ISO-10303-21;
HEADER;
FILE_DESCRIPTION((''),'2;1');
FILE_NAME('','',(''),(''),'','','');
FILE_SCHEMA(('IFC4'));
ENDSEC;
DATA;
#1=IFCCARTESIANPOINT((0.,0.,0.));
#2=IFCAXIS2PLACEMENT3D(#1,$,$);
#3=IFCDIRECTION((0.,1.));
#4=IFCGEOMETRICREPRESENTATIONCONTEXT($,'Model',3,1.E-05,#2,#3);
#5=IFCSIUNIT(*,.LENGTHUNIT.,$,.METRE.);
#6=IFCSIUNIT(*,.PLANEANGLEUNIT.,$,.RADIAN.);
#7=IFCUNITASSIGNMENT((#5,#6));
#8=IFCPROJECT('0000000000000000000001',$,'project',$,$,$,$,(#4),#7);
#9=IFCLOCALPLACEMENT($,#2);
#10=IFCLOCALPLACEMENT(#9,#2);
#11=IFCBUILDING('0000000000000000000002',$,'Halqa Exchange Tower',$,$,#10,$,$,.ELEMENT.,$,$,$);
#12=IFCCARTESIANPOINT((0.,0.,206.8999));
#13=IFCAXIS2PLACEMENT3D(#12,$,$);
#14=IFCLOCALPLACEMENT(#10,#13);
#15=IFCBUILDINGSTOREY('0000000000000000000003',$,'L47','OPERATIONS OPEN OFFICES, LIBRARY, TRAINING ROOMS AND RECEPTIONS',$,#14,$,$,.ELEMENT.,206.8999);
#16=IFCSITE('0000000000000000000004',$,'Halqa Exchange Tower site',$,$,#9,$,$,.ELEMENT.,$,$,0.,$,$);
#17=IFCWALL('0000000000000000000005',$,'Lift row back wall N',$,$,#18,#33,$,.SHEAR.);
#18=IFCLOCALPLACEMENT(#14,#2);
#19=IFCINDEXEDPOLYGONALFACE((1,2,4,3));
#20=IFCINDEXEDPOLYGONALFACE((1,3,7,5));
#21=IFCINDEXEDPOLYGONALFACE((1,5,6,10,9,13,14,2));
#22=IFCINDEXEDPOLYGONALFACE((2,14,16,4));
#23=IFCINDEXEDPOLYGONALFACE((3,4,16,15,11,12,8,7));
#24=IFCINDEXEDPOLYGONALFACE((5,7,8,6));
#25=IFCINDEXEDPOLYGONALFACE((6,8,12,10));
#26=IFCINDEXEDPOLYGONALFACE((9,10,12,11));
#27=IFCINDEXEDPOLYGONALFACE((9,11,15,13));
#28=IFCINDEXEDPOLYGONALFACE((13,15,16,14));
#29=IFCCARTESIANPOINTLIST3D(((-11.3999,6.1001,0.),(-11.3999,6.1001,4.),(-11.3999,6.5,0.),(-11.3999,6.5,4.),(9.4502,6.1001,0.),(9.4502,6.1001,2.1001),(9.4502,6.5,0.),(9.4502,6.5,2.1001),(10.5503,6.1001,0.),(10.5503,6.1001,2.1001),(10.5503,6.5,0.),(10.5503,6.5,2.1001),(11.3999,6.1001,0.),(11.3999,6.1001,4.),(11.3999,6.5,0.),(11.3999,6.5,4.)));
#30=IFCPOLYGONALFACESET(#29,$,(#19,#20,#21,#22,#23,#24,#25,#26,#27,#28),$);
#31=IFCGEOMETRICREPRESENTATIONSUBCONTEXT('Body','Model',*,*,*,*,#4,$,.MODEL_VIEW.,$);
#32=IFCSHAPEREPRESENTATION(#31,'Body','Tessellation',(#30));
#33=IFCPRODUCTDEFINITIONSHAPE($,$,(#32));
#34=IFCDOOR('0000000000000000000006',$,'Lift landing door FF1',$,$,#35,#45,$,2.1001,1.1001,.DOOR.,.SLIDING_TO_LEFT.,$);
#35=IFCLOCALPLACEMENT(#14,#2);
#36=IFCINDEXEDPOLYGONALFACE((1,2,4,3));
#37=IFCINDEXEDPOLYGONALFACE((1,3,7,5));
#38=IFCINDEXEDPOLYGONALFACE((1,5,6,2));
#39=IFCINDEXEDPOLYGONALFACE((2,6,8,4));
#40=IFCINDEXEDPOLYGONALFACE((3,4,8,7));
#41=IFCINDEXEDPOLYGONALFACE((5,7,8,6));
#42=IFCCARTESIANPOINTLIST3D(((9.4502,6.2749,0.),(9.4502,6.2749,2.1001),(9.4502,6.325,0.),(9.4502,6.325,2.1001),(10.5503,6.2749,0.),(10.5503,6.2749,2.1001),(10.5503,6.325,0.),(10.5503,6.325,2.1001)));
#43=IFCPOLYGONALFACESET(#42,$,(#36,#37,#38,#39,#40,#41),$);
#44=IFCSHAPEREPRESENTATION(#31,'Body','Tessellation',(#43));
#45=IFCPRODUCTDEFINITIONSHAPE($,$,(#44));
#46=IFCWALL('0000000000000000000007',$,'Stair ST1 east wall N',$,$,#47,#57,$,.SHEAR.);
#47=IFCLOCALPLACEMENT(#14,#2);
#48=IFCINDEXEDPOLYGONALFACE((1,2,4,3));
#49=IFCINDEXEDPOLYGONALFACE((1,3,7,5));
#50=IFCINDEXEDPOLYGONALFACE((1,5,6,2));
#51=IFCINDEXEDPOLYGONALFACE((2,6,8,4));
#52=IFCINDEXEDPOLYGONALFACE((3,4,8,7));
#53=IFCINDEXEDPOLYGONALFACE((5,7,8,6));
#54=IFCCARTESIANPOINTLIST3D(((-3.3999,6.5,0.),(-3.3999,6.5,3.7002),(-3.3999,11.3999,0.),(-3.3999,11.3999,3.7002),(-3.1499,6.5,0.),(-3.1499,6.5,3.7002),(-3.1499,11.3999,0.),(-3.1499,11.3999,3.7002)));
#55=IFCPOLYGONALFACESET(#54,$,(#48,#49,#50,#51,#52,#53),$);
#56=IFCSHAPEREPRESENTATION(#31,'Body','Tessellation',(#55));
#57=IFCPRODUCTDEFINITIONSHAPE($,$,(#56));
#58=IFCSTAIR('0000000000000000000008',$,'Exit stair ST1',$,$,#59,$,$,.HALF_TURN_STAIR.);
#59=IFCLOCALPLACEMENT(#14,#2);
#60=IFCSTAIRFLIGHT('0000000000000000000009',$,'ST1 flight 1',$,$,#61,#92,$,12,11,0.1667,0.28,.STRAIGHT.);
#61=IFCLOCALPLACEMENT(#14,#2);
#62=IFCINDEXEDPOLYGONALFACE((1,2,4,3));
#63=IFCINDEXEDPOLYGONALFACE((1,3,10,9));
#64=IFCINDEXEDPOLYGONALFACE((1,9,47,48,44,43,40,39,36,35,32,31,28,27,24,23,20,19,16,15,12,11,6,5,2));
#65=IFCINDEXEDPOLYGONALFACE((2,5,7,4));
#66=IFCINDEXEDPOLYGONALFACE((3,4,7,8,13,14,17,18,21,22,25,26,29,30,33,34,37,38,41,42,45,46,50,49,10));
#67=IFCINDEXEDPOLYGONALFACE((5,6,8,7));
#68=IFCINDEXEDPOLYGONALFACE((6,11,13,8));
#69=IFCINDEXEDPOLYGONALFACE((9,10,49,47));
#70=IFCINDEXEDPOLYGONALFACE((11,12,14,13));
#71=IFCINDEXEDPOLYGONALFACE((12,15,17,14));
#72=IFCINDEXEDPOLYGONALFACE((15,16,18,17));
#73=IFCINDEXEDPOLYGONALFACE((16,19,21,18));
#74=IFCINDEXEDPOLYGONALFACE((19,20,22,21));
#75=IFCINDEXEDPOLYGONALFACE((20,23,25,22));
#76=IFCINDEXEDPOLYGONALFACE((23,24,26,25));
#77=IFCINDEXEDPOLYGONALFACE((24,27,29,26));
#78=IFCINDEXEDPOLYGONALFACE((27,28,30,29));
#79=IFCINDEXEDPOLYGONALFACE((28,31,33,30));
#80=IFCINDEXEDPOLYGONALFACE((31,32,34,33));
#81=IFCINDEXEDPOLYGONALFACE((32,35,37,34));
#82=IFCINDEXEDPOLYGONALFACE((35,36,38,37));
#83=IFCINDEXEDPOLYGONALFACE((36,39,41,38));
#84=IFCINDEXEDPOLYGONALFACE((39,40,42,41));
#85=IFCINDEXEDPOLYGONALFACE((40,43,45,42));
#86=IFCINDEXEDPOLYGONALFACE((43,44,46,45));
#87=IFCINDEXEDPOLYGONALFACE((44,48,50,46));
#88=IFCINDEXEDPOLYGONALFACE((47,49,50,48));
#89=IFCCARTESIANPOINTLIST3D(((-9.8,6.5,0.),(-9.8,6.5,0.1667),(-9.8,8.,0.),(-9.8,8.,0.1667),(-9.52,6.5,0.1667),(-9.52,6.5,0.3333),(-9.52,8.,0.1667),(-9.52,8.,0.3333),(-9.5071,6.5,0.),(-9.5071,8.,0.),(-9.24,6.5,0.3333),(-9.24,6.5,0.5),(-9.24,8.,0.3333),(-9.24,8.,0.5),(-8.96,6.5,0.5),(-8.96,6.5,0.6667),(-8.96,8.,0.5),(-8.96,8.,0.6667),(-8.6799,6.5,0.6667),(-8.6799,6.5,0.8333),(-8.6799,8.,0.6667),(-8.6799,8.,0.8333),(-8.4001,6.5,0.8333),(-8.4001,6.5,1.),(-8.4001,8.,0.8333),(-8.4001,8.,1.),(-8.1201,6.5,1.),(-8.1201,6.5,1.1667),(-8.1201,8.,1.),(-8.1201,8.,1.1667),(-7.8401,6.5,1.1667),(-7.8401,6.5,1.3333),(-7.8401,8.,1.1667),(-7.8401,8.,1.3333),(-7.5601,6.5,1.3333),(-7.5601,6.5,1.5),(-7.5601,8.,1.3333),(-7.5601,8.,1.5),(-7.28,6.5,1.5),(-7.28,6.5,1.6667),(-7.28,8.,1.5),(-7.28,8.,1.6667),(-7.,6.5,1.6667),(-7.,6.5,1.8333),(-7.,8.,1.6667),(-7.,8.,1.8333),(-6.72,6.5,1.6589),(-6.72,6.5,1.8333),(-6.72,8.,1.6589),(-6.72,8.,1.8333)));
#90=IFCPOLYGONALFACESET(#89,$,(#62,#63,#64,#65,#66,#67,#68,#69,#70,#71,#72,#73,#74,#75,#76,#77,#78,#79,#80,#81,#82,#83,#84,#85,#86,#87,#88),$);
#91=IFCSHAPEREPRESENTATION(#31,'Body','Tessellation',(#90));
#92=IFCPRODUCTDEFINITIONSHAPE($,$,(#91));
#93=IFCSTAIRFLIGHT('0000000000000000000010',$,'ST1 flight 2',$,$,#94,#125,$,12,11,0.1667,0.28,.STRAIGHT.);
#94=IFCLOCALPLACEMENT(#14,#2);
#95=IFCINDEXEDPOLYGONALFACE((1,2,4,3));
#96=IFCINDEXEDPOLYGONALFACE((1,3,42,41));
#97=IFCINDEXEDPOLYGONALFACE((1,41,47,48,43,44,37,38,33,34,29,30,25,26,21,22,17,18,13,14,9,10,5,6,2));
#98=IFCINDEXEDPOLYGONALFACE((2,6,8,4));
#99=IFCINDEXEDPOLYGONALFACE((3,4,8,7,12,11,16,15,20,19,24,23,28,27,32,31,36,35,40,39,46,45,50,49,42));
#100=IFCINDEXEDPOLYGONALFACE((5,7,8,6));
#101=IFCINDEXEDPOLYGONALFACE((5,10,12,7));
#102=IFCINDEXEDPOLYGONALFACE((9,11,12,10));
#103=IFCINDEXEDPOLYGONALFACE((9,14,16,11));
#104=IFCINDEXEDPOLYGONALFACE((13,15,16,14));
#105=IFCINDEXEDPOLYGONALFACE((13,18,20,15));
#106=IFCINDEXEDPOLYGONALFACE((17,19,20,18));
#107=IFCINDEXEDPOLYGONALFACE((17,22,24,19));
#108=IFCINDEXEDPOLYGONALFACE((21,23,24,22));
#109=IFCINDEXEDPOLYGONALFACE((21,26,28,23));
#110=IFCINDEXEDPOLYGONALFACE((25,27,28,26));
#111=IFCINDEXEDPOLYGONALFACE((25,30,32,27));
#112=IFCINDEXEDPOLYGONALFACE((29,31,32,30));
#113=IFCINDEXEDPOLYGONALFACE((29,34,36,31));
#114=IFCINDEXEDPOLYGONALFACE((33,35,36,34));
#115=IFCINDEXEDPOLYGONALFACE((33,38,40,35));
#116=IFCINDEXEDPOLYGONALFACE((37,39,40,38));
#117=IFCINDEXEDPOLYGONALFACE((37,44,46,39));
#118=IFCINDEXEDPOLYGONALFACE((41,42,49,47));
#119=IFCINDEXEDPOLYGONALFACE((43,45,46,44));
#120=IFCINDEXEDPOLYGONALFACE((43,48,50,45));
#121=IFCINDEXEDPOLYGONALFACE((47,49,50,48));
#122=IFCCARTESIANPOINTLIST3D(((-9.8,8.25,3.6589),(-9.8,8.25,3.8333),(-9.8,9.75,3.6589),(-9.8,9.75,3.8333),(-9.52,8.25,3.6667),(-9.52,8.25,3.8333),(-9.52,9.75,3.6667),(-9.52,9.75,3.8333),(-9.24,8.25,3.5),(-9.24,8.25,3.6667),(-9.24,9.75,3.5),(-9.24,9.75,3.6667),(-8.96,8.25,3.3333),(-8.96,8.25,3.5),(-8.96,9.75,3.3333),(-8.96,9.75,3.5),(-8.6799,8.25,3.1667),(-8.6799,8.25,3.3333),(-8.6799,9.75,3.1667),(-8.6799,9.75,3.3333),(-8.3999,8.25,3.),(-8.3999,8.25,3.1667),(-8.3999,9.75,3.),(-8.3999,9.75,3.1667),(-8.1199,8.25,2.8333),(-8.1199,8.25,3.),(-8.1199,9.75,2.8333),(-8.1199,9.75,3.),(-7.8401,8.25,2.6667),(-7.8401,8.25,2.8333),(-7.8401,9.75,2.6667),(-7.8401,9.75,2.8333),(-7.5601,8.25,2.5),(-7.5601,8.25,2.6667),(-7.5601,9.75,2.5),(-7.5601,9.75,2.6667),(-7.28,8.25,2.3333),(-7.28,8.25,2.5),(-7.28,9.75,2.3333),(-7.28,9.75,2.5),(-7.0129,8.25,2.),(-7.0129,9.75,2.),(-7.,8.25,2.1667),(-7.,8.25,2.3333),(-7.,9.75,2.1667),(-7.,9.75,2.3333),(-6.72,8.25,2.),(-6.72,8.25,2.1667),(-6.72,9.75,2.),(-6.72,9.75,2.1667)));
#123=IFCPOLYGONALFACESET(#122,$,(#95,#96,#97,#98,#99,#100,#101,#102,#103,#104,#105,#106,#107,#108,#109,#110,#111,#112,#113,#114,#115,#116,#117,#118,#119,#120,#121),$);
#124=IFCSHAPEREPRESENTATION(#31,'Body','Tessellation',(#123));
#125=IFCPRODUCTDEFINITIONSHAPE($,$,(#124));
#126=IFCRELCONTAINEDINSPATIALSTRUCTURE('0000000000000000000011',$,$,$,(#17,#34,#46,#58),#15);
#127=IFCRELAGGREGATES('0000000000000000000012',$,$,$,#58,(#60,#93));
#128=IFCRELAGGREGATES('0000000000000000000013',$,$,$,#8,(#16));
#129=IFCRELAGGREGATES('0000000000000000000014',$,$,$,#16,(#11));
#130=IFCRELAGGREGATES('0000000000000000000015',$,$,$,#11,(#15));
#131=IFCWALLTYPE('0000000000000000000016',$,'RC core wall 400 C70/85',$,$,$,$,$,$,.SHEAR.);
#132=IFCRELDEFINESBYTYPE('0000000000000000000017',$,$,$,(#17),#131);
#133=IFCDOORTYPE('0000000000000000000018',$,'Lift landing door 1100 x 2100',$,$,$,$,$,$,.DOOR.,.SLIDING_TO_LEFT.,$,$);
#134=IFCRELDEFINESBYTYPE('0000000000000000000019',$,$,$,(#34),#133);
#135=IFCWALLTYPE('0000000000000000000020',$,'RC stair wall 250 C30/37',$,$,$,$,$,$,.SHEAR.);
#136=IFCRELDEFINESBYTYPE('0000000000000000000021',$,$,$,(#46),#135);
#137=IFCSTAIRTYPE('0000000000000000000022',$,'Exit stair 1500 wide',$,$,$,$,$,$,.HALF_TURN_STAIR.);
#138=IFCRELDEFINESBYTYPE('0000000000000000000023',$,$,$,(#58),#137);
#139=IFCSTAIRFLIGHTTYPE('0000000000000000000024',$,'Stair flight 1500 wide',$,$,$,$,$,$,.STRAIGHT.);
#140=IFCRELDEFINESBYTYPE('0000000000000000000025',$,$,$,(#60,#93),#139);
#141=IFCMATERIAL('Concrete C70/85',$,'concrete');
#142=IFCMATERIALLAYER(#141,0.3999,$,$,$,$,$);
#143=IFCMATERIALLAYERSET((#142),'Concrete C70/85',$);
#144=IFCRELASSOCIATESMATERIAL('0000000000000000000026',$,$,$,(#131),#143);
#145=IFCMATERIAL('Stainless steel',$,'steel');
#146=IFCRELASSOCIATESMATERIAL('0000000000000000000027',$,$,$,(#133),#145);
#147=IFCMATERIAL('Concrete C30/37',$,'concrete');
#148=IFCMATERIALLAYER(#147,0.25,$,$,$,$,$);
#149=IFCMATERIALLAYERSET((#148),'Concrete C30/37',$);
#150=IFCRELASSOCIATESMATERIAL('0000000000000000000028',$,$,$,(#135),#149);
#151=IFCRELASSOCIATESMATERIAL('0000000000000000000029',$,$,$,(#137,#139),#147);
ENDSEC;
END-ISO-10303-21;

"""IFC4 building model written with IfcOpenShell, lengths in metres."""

from ifc_helpers import new_model, si_unit, direction, frame, frame_2d, origin, place, context, subcontext, project, spatial, polyline, rectangle, outline, extrude, material, layer, layer_set, type_object, element, fill, aggregate, save


model = new_model("IFC4")

# Units and contexts
model_context = context("Model", 3, precision=1e-05, world=origin(), true_north=direction((0.0, 1.0)))
body_context = subcontext(model_context, "Body", "Model", "MODEL_VIEW")
ifc_project = project(units=[si_unit("LENGTHUNIT", "METRE"), si_unit("PLANEANGLEUNIT", "RADIAN")], contexts=[model_context])

# Site, building, storey
site_placement = place(None, origin())
site = spatial("IfcSite", under=ifc_project, at=site_placement, Name="Halqa Exchange Tower site", CompositionType="ELEMENT", RefElevation=0.0)
building_placement = place(site_placement, origin())
building = spatial("IfcBuilding", under=site, at=building_placement, Name="Halqa Exchange Tower", CompositionType="ELEMENT")
storey_placement = place(building_placement, frame((0.0, 0.0, 206.8999)))
storey = spatial("IfcBuildingStorey", under=building, at=storey_placement, Name="L47", Description="OPERATIONS OPEN OFFICES, LIBRARY, TRAINING ROOMS AND RECEPTIONS", CompositionType="ELEMENT", Elevation=206.8999)

# Shared definitions
ifc_material_1 = material(Name="Concrete C70/85", Category="concrete")
ifc_layer_1 = layer(ifc_material_1, 0.3999)
ifc_layer_set_1 = layer_set([ifc_layer_1], Name="Concrete C70/85")
wall_type_1 = type_object("IfcWallType", Name="RC core wall 400 C70/85", PredefinedType="SHEAR", material=ifc_layer_set_1)
ifc_material_2 = material(Name="Stainless steel", Category="steel")
door_type_1 = type_object("IfcDoorType", Name="Lift landing door 1100 x 2100", OperationType="SLIDING_TO_LEFT", PredefinedType="DOOR", material=ifc_material_2)

# Wall, opening, door
wall_1_placement = place(storey_placement, frame((-11.3999, 6.3, 0.0), z_axis=(0.0, 0.0, 1.0), x_axis=(1.0, 0.0, 0.0)))
wall_1 = element("IfcWall", 1, at=wall_1_placement, inside=storey, type_object=wall_type_1, Name="Lift row back wall N", PredefinedType="SHEAR", context=body_context, shape_type="SweptSolid", body=[
    extrude(rectangle(XDim=22.7998, YDim=0.3999, at=frame_2d((11.3999, 0.0))), origin(), (0.0, 0.0, 1.0), 4.0),
])
opening_1_placement = place(wall_1_placement, frame((20.8501, 0.0, 0.0)))
opening_1 = element("IfcOpeningElement", 2, at=opening_1_placement, cuts=wall_1, PredefinedType="OPENING", context=body_context, shape_type="SweptSolid", body=[
    extrude(rectangle(XDim=1.1001, YDim=2.1001, at=frame_2d((0.55, 1.05))), frame((0.0, 0.2119, 0.0), z_axis=(0.0, -1.0, 0.0), x_axis=(1.0, 0.0, 0.0)), (0.0, 0.0, 1.0), 0.4238),
])
door_1_placement = place(opening_1_placement, origin())
door_1 = element("IfcDoor", 3, at=door_1_placement, inside=storey, type_object=door_type_1, Name="Lift landing door FF1", OperationType="SLIDING_TO_LEFT", OverallHeight=2.1001, OverallWidth=1.1001, PredefinedType="DOOR", context=body_context, shape_type="SweptSolid", body=[
    extrude(rectangle(XDim=1.1001, YDim=2.1001, at=frame_2d((0.55, 1.05))), frame((0.0, 0.0249, 0.0), z_axis=(0.0, -1.0, 0.0), x_axis=(1.0, 0.0, 0.0)), (0.0, 0.0, 1.0), 0.05),
])
fill(opening_1, door_1)

# Wall
ifc_material_3 = material(Name="Concrete C30/37", Category="concrete")
ifc_layer_2 = layer(ifc_material_3, 0.25)
ifc_layer_set_2 = layer_set([ifc_layer_2], Name="Concrete C30/37")
wall_type_2 = type_object("IfcWallType", Name="RC stair wall 250 C30/37", PredefinedType="SHEAR", material=ifc_layer_set_2)
wall_2_placement = place(storey_placement, frame((-3.2749, 6.5, 0.0), z_axis=(0.0, 0.0, 1.0), x_axis=(0.0, 1.0, 0.0)))
element("IfcWall", 4, at=wall_2_placement, inside=storey, type_object=wall_type_2, Name="Stair ST1 east wall N", PredefinedType="SHEAR", context=body_context, shape_type="SweptSolid", body=[
    extrude(rectangle(XDim=4.8999, YDim=0.25, at=frame_2d((2.45, 0.0))), origin(), (0.0, 0.0, 1.0), 3.7002),
])

# Stair, stair flights
stair_type = type_object("IfcStairType", Name="Exit stair 1500 wide", PredefinedType="HALF_TURN_STAIR", material=ifc_material_3)
stair_placement = place(storey_placement, origin())
stair = element("IfcStair", 5, at=stair_placement, inside=storey, type_object=stair_type, Name="Exit stair ST1", PredefinedType="HALF_TURN_STAIR")
stair_flight_type = type_object("IfcStairFlightType", Name="Stair flight 1500 wide", PredefinedType="STRAIGHT", material=ifc_material_3)
stair_flight_1_placement = place(storey_placement, frame((-9.8, 7.25, 0.0), z_axis=(0.0, 0.0, 1.0), x_axis=(1.0, 0.0, 0.0)))
stair_flight_1 = element("IfcStairFlight", 6, at=stair_flight_1_placement, type_object=stair_flight_type, Name="ST1 flight 1", NumberOfRisers=12, NumberOfTreads=11, PredefinedType="STRAIGHT", RiserHeight=0.1667, TreadLength=0.28, context=body_context, shape_type="SweptSolid", body=[
    extrude(outline(polyline([(0.0, 0.0), (0.0, 0.1667), (0.28, 0.1667), (0.28, 0.3333), (0.5601, 0.3333), (0.5601, 0.5), (0.8401, 0.5), (0.8401, 0.6667), (1.1201, 0.6667), (1.1201, 0.8333), (1.3999, 0.8333), (1.3999, 1.0), (1.6799, 1.0), (1.6799, 1.1667), (1.96, 1.1667), (1.96, 1.3333), (2.24, 1.3333), (2.24, 1.5), (2.52, 1.5), (2.52, 1.6667), (2.8, 1.6667), (2.8, 1.8333), (3.0801, 1.8333), (3.0801, 2.0), (3.0801, 1.6589), (0.293, 0.0), (0.0, 0.0)])), frame((0.0, 0.75, 0.0), z_axis=(0.0, -1.0, 0.0), x_axis=(1.0, 0.0, 0.0)), (0.0, 0.0, 1.0), 1.5),
])
stair_flight_2_placement = place(storey_placement, frame((-6.72, 9.0, 2.0), z_axis=(0.0, 0.0, 1.0), x_axis=(-1.0, 0.0, 0.0)))
stair_flight_2 = element("IfcStairFlight", 7, at=stair_flight_2_placement, type_object=stair_flight_type, Name="ST1 flight 2", NumberOfRisers=12, NumberOfTreads=11, PredefinedType="STRAIGHT", RiserHeight=0.1667, TreadLength=0.28, context=body_context, shape_type="SweptSolid", body=[
    extrude(outline(polyline([(0.0, 0.0), (0.0, 0.1667), (0.28, 0.1667), (0.28, 0.3333), (0.5601, 0.3333), (0.5601, 0.5), (0.8401, 0.5), (0.8401, 0.6667), (1.1201, 0.6667), (1.1201, 0.8333), (1.3999, 0.8333), (1.3999, 1.0), (1.6799, 1.0), (1.6799, 1.1667), (1.96, 1.1667), (1.96, 1.3333), (2.24, 1.3333), (2.24, 1.5), (2.52, 1.5), (2.52, 1.6667), (2.8, 1.6667), (2.8, 1.8333), (3.0801, 1.8333), (3.0801, 2.0), (3.0801, 1.6589), (0.293, 0.0), (0.0, 0.0)])), frame((0.0, 0.75, 0.0), z_axis=(0.0, -1.0, 0.0), x_axis=(1.0, 0.0, 0.0)), (0.0, 0.0, 1.0), 1.5),
])
aggregate(stair, [stair_flight_1, stair_flight_2])

save(model, "model.ifc")
